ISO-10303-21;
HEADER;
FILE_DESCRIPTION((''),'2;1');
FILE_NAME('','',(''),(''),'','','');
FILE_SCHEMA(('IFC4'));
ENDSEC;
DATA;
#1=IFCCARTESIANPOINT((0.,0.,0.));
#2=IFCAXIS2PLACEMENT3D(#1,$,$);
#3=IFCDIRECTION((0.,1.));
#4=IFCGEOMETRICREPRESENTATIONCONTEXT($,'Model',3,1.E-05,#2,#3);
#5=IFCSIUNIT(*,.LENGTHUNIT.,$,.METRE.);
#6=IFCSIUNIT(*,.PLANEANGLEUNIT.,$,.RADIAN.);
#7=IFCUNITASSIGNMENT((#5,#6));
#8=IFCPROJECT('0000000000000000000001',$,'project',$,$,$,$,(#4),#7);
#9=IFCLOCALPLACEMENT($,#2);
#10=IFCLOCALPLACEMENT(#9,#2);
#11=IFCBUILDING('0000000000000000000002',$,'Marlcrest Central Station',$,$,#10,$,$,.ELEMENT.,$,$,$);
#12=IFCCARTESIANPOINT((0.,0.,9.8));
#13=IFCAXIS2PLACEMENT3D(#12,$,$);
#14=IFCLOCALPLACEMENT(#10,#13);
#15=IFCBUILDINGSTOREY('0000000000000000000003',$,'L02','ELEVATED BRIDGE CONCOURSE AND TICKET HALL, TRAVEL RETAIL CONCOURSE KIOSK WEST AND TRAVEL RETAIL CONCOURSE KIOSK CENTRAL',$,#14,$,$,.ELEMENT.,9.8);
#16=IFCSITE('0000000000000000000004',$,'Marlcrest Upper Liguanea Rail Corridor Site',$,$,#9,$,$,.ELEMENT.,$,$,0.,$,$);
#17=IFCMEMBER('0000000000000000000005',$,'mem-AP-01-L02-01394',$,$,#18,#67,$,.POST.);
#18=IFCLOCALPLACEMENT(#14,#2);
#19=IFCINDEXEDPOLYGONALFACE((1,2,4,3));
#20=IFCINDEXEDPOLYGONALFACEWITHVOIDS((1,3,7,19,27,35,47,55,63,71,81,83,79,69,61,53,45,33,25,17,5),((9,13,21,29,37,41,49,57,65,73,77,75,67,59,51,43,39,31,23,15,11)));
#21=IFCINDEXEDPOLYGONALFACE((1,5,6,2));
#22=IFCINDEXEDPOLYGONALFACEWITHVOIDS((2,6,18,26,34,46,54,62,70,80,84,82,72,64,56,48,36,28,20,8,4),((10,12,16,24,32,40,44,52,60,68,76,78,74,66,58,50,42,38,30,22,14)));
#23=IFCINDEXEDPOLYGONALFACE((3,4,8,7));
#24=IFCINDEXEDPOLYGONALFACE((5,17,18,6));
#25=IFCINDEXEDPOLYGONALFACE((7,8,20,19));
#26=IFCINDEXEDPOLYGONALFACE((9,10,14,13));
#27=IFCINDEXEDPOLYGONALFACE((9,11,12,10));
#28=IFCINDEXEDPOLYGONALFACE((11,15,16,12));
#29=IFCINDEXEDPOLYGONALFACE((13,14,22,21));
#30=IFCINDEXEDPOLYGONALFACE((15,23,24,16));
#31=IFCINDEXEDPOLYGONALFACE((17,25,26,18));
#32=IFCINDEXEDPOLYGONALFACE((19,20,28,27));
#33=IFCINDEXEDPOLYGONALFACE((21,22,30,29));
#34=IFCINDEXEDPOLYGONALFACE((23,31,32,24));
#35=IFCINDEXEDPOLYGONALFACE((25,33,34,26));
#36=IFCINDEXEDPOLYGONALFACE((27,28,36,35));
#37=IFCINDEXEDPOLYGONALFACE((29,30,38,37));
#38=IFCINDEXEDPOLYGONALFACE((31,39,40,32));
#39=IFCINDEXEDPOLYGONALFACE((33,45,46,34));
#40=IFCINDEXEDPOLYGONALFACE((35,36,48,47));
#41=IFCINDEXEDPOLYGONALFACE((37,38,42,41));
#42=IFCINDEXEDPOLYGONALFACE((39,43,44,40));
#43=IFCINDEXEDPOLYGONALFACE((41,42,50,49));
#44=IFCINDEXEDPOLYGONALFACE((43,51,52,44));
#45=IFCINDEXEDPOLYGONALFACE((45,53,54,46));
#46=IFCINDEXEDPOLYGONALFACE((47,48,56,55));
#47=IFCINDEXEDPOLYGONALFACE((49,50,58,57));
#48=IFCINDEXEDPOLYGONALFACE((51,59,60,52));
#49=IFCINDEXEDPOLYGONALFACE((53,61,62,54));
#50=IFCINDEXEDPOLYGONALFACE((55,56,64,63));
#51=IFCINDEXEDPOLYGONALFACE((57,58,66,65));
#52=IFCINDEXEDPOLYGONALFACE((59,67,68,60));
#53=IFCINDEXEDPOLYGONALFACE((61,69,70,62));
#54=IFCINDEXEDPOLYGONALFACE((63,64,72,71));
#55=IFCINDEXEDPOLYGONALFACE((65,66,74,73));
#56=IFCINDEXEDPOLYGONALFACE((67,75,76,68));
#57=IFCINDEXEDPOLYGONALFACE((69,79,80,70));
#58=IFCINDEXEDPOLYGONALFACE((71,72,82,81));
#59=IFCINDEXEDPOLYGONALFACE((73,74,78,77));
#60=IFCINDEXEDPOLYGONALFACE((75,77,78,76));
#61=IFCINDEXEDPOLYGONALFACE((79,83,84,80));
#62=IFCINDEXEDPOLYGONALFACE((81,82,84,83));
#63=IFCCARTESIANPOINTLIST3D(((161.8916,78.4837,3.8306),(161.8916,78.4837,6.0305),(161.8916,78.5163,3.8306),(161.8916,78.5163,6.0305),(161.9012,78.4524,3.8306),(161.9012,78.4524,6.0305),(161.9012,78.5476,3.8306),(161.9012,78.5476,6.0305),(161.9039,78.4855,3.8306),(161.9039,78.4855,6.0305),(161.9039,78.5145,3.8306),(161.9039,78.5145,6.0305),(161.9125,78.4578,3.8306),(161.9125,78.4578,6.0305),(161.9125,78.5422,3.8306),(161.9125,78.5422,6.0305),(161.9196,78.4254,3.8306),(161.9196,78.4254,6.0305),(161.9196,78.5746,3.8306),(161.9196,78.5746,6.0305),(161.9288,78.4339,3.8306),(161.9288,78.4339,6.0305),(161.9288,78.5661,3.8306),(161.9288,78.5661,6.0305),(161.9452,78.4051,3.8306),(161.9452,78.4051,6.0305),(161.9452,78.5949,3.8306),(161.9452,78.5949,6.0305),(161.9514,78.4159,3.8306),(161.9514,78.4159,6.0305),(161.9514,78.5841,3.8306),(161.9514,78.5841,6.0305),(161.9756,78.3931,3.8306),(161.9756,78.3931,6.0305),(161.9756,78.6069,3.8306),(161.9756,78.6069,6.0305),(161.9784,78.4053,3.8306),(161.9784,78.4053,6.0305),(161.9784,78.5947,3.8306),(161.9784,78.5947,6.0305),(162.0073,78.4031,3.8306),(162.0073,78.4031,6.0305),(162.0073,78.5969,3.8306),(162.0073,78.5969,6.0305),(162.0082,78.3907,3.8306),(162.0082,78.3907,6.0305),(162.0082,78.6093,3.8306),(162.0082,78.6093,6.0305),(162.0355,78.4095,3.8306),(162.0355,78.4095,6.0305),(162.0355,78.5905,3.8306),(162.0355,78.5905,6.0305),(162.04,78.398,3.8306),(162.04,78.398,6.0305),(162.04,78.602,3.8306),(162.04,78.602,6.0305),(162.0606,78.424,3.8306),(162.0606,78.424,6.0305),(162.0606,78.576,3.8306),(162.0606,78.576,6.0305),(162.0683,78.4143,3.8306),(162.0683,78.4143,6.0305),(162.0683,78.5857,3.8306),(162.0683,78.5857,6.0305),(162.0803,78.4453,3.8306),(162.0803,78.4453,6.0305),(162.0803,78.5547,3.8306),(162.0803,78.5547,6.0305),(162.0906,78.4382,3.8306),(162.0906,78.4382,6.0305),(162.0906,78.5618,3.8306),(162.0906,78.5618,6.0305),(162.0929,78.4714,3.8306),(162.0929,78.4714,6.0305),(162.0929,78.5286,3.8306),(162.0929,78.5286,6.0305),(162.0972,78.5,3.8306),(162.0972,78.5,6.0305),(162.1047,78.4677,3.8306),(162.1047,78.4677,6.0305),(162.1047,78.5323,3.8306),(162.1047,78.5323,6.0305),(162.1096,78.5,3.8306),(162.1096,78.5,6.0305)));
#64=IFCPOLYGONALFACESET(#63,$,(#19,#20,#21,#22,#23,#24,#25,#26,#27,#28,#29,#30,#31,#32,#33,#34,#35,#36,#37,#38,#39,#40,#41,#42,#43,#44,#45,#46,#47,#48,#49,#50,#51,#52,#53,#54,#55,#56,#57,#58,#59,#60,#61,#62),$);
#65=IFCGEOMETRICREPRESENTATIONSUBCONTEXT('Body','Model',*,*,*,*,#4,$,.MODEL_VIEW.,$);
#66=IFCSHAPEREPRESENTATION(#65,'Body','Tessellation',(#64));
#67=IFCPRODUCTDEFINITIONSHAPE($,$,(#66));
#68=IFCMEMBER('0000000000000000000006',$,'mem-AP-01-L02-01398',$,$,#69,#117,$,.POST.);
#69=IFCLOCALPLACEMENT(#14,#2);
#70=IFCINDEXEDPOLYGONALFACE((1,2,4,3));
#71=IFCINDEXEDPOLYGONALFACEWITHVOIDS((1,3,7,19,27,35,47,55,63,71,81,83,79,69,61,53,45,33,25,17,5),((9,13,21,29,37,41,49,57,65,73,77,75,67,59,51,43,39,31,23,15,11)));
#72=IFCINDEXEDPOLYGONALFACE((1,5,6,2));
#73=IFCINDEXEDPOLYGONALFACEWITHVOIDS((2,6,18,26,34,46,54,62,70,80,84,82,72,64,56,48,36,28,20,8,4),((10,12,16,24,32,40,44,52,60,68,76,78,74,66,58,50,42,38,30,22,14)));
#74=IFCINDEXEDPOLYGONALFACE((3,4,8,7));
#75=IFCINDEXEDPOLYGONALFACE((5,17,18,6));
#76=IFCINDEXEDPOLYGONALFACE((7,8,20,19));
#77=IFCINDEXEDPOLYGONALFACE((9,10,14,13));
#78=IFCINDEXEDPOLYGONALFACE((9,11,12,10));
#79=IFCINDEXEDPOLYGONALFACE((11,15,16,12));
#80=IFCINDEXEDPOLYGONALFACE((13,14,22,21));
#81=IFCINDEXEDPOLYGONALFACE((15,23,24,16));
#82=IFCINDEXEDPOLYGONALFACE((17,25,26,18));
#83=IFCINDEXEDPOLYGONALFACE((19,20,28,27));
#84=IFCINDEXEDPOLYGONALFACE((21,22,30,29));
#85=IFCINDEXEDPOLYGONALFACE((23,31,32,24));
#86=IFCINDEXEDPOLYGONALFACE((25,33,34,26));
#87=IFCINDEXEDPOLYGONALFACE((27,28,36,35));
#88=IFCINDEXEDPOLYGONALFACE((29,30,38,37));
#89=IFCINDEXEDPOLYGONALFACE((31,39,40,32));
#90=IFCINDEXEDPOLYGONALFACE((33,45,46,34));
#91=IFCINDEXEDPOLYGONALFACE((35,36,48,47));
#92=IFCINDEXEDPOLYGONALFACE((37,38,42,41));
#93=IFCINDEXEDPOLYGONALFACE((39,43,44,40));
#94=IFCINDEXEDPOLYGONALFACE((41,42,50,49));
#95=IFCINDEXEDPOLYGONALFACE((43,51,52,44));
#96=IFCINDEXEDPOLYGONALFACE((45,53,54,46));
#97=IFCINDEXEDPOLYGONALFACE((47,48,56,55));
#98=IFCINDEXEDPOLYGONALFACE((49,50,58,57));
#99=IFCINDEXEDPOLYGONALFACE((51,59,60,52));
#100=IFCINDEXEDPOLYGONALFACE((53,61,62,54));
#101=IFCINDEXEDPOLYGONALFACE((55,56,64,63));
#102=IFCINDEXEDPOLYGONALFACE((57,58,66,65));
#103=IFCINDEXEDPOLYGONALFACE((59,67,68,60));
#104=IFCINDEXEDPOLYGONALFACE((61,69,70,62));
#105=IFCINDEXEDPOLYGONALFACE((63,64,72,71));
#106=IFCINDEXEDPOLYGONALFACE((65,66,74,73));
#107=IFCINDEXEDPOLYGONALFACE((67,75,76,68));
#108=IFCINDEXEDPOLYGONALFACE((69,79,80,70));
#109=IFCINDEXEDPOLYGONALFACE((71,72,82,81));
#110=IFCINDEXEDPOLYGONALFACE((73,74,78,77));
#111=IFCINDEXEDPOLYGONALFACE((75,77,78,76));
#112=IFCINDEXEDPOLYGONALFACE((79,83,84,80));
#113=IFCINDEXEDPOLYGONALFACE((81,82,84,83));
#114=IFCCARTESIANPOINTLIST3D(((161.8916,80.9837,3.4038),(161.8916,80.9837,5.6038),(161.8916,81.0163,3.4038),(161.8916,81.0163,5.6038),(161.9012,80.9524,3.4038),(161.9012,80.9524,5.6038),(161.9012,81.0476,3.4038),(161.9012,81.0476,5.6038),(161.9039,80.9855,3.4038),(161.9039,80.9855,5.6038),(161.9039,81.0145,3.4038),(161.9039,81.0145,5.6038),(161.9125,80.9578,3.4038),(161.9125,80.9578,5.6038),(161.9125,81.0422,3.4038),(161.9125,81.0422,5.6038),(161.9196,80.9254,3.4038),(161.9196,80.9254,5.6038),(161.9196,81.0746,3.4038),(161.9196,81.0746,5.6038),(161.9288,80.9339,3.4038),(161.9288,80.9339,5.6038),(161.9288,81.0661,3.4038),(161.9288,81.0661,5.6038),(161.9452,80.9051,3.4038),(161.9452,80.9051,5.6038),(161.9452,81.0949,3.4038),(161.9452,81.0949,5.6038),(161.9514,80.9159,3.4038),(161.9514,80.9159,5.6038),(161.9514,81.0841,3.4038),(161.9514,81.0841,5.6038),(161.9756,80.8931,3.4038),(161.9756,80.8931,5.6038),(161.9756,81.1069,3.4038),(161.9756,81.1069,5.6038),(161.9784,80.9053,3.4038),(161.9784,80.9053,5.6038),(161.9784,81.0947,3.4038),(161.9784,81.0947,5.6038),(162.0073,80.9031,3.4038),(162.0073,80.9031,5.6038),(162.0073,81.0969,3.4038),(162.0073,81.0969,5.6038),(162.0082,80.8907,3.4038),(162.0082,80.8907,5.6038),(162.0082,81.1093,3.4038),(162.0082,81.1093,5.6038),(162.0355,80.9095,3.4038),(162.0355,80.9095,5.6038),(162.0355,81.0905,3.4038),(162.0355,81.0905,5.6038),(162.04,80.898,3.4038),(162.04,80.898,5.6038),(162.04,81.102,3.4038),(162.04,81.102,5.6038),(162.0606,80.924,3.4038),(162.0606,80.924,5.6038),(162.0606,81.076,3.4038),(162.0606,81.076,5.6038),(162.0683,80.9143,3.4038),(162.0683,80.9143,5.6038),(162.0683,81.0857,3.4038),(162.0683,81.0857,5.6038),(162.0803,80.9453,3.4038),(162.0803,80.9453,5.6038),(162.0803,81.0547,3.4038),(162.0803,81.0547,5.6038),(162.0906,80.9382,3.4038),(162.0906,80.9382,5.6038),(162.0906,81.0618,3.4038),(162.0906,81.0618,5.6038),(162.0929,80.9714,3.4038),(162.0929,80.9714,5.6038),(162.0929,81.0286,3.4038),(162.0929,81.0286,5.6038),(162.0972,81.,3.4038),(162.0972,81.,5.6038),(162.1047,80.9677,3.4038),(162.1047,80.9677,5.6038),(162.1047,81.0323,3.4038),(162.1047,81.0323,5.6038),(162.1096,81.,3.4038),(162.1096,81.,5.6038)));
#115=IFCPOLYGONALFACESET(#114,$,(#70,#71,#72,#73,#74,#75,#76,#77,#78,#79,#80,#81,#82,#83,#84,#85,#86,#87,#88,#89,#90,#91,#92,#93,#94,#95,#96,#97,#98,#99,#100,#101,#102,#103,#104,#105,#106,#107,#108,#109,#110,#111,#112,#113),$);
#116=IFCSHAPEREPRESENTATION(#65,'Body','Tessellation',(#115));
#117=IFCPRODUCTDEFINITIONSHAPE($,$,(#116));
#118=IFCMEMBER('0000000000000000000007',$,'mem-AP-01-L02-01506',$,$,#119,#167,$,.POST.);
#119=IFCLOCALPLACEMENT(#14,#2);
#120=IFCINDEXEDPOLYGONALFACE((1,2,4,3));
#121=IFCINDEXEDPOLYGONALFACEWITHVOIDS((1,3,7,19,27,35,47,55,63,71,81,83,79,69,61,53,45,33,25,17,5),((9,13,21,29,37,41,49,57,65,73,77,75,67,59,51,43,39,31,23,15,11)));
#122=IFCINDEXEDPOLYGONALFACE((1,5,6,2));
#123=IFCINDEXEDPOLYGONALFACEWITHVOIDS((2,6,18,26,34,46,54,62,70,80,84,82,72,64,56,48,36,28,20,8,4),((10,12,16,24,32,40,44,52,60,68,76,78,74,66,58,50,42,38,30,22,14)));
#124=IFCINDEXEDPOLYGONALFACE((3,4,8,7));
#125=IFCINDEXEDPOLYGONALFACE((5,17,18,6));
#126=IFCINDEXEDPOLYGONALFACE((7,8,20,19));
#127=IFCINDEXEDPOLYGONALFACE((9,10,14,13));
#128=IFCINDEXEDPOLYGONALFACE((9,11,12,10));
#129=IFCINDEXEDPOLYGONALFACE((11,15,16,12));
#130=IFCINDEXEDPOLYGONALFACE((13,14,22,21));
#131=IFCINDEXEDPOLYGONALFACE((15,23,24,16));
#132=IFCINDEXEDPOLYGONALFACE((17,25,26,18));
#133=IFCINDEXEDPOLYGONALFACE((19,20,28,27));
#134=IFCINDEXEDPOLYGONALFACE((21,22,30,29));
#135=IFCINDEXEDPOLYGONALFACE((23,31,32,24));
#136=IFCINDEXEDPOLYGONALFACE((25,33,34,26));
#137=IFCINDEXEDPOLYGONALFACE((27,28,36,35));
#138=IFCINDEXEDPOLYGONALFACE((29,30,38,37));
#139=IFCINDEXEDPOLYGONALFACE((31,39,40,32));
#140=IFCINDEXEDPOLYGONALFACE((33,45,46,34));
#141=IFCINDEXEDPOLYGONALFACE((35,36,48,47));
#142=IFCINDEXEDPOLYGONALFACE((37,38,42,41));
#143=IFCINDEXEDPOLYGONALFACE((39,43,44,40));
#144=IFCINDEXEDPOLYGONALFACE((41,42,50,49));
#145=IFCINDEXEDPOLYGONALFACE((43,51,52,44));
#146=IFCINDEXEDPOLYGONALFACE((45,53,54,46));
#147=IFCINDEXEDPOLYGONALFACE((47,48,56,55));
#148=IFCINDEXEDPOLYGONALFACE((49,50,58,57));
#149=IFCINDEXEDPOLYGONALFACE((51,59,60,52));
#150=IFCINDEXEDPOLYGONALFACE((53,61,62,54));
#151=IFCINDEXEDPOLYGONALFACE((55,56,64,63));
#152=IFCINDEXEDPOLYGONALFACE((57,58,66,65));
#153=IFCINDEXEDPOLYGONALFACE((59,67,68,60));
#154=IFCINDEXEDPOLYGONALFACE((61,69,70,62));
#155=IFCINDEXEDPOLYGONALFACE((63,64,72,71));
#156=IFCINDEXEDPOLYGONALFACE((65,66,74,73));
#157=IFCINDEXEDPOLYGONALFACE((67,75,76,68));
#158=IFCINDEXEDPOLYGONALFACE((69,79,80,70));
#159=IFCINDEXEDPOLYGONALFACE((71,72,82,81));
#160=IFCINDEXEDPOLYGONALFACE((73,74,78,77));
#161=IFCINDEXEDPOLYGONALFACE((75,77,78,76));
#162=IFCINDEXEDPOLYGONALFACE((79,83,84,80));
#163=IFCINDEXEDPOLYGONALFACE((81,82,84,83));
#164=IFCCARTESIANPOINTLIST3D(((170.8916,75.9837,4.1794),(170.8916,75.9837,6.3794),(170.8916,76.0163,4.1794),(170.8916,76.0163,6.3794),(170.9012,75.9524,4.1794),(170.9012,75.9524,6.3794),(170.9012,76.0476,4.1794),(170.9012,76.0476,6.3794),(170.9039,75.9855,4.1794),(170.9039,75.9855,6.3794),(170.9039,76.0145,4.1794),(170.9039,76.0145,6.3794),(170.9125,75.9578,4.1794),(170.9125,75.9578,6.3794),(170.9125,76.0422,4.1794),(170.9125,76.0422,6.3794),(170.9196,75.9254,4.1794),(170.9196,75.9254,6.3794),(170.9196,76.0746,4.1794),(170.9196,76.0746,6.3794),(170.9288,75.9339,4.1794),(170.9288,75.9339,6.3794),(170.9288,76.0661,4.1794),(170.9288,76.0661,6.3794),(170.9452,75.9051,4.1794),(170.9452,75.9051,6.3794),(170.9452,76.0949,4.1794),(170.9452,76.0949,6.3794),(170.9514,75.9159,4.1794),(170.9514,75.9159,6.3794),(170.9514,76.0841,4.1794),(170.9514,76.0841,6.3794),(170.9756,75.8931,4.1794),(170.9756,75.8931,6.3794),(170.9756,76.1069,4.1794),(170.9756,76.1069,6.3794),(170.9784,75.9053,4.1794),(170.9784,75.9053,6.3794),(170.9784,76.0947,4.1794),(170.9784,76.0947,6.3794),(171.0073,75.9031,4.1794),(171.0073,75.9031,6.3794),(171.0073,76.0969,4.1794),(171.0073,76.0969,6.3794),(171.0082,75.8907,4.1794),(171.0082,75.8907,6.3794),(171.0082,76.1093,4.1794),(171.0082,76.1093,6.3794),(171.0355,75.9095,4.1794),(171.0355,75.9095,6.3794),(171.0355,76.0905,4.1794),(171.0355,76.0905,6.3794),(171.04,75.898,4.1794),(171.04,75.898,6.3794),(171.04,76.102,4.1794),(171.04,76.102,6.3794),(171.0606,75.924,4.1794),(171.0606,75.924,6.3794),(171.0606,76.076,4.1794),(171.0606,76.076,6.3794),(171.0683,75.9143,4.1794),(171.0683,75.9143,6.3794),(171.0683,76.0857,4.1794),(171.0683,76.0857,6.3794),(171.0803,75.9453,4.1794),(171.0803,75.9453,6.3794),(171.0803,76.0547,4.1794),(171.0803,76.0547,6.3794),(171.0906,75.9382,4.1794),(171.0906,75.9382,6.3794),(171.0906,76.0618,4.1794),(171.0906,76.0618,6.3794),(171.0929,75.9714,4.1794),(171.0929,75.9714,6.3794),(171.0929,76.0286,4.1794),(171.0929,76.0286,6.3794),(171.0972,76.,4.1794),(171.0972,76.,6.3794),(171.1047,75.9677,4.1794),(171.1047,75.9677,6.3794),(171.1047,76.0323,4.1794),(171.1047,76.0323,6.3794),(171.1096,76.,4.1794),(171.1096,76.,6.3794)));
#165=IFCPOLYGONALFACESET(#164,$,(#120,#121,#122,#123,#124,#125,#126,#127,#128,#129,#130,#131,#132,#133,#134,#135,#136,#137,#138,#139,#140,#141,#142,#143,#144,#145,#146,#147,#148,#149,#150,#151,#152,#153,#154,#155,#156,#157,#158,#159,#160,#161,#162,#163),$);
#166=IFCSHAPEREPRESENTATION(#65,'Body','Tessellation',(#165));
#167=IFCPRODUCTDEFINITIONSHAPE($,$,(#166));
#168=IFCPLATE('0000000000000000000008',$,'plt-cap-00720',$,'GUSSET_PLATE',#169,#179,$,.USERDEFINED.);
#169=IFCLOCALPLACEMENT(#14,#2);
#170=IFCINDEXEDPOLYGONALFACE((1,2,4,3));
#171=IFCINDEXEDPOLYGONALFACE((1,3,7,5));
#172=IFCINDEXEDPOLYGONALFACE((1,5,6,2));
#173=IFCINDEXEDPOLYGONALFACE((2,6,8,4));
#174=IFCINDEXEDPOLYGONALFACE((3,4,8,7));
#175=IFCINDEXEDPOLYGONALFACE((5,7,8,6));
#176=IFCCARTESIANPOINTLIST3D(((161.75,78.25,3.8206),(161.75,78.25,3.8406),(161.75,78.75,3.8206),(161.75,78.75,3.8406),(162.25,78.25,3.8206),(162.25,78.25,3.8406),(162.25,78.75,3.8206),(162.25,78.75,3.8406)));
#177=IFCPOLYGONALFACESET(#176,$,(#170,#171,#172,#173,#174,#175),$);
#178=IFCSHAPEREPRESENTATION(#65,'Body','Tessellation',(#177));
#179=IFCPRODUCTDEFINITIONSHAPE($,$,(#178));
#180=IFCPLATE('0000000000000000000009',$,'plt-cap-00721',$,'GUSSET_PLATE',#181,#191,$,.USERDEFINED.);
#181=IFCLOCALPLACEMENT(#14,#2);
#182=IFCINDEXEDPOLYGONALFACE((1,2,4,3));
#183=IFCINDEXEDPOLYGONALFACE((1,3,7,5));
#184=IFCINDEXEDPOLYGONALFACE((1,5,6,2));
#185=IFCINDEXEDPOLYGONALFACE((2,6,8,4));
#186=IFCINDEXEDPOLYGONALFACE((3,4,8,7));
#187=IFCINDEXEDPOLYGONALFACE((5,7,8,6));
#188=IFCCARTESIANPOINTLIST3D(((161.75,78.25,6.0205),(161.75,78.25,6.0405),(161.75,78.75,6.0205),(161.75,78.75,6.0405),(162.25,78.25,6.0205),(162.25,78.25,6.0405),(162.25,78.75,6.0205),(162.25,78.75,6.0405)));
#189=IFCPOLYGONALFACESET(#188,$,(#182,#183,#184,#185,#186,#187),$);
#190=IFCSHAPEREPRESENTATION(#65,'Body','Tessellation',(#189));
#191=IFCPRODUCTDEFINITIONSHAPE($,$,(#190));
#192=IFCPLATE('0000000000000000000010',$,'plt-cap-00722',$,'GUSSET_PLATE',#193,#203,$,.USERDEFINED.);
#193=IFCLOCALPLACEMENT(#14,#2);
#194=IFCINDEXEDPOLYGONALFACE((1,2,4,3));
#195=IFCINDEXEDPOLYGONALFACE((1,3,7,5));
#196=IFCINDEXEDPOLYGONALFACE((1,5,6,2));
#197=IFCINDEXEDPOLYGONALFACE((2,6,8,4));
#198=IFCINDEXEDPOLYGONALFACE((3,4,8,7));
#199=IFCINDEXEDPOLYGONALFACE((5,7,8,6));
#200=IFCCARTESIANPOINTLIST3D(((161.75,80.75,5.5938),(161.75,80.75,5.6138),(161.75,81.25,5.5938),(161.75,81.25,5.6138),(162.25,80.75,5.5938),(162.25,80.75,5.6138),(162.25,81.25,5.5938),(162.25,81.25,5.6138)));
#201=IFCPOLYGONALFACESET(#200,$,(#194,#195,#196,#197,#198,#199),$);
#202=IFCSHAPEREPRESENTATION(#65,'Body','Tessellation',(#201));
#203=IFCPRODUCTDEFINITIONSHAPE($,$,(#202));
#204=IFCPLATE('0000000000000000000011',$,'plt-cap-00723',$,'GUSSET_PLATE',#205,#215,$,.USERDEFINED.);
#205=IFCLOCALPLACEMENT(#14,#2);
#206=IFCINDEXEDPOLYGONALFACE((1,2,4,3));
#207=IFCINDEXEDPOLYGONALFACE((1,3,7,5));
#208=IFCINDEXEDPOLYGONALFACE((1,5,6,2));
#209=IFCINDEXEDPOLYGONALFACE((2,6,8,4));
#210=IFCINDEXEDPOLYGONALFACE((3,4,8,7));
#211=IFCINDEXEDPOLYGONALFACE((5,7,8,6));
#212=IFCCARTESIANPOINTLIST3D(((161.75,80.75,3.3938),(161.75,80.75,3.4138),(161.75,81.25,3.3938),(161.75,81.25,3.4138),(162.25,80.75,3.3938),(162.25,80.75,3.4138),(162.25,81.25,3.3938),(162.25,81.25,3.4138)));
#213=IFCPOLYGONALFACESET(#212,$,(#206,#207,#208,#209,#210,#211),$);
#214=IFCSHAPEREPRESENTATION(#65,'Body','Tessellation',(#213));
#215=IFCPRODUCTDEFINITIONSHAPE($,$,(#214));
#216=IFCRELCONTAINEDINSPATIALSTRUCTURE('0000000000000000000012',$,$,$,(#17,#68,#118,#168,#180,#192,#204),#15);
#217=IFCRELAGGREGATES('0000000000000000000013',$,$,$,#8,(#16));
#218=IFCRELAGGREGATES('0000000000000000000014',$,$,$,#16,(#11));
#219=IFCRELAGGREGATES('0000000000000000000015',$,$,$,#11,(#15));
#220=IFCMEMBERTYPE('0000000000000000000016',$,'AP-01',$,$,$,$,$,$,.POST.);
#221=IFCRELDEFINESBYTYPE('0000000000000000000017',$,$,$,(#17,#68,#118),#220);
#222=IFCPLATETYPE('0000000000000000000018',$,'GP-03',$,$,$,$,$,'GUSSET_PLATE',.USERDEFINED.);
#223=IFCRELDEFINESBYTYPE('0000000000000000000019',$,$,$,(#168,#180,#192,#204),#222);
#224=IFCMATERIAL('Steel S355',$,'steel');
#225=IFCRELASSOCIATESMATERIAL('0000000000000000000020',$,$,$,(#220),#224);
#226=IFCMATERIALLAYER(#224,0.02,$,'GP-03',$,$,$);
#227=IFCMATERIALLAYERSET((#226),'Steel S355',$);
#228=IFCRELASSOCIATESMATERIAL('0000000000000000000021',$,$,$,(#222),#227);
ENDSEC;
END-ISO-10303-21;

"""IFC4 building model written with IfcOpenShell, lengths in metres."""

from ifc_helpers import new_model, si_unit, direction, frame, origin, origin_2d, place, context, subcontext, project, spatial, rectangle, hollow_circle, extrude, material, layer, layer_set, material_profile, profile_set, type_object, element, save


model = new_model("IFC4")

# Units and contexts
model_context = context("Model", 3, precision=1e-05, world=origin(), true_north=direction((0.0, 1.0)))
body_context = subcontext(model_context, "Body", "Model", "MODEL_VIEW")
ifc_project = project(units=[si_unit("LENGTHUNIT", "METRE"), si_unit("PLANEANGLEUNIT", "RADIAN")], contexts=[model_context])

# Site, building, storey
site_placement = place(None, origin())
site = spatial("IfcSite", under=ifc_project, at=site_placement, Name="Marlcrest Upper Liguanea Rail Corridor Site", CompositionType="ELEMENT", RefElevation=0.0)
building_placement = place(site_placement, origin())
building = spatial("IfcBuilding", under=site, at=building_placement, Name="Marlcrest Central Station", CompositionType="ELEMENT")
storey_placement = place(building_placement, frame((0.0, 0.0, 9.8)))
storey = spatial("IfcBuildingStorey", under=building, at=storey_placement, Name="L02", Description="ELEVATED BRIDGE CONCOURSE AND TICKET HALL, TRAVEL RETAIL CONCOURSE KIOSK WEST AND TRAVEL RETAIL CONCOURSE KIOSK CENTRAL", CompositionType="ELEMENT", Elevation=9.8)

# Members
ifc_material_1 = material(Name="Steel S355", Category="steel")
ifc_material_profile_1 = material_profile(ifc_material_1, hollow_circle(Radius=0.1096, WallThickness=0.0125, at=origin_2d()), Name="CHS 219.1x12.5")
ifc_profile_set_1 = profile_set([ifc_material_profile_1], Name="Steel S355")
member_type_1 = type_object("IfcMemberType", Name="AP-01", PredefinedType="POST", material=ifc_profile_set_1)
for number, where, z_axis, x_axis, name in (
    (1, (162.0, 78.5, 3.8306), (0.0, 0.0, 1.0), (1.0, 0.0, 0.0), "mem-AP-01-L02-01394"),
    (2, (162.0, 81.0, 3.4038), (0.0, 0.0, 1.0), (1.0, 0.0, 0.0), "mem-AP-01-L02-01398"),
    (3, (171.0, 76.0, 4.1794), (0.0, 0.0, 1.0), (1.0, 0.0, 0.0), "mem-AP-01-L02-01506"),
):
    element("IfcMember", number, at=place(storey_placement, frame(where, z_axis=z_axis, x_axis=x_axis)), inside=storey, type_object=member_type_1, Name=name, PredefinedType="POST", context=body_context, shape_type="SweptSolid", body=[
        extrude(hollow_circle(Radius=0.1096, WallThickness=0.0125, at=origin_2d()), origin(), (0.0, 0.0, 1.0), 2.2),
    ])

# Plates
ifc_layer_1 = layer(ifc_material_1, 0.02, Name="GP-03")
ifc_layer_set_1 = layer_set([ifc_layer_1], Name="Steel S355")
plate_type = type_object("IfcPlateType", Name="GP-03", ElementType="GUSSET_PLATE", PredefinedType="USERDEFINED", material=ifc_layer_set_1)
for number, where, z_axis, x_axis, name in (
    (4, (162.0, 78.5, 3.8206), (0.0, 0.0, 1.0), (1.0, 0.0, 0.0), "plt-cap-00720"),
    (5, (162.0, 78.5, 6.0205), (0.0, 0.0, 1.0), (1.0, 0.0, 0.0), "plt-cap-00721"),
    (6, (162.0, 81.0, 5.5938), (0.0, 0.0, 1.0), (1.0, 0.0, 0.0), "plt-cap-00722"),
    (7, (162.0, 81.0, 3.3938), (0.0, 0.0, 1.0), (1.0, 0.0, 0.0), "plt-cap-00723"),
):
    element("IfcPlate", number, at=place(storey_placement, frame(where, z_axis=z_axis, x_axis=x_axis)), inside=storey, type_object=plate_type, Name=name, ObjectType="GUSSET_PLATE", PredefinedType="USERDEFINED", context=body_context, shape_type="SweptSolid", body=[
        extrude(rectangle(XDim=0.5, YDim=0.5, at=origin_2d()), origin(), (0.0, 0.0, 1.0), 0.02),
    ])

save(model, "model.ifc")
